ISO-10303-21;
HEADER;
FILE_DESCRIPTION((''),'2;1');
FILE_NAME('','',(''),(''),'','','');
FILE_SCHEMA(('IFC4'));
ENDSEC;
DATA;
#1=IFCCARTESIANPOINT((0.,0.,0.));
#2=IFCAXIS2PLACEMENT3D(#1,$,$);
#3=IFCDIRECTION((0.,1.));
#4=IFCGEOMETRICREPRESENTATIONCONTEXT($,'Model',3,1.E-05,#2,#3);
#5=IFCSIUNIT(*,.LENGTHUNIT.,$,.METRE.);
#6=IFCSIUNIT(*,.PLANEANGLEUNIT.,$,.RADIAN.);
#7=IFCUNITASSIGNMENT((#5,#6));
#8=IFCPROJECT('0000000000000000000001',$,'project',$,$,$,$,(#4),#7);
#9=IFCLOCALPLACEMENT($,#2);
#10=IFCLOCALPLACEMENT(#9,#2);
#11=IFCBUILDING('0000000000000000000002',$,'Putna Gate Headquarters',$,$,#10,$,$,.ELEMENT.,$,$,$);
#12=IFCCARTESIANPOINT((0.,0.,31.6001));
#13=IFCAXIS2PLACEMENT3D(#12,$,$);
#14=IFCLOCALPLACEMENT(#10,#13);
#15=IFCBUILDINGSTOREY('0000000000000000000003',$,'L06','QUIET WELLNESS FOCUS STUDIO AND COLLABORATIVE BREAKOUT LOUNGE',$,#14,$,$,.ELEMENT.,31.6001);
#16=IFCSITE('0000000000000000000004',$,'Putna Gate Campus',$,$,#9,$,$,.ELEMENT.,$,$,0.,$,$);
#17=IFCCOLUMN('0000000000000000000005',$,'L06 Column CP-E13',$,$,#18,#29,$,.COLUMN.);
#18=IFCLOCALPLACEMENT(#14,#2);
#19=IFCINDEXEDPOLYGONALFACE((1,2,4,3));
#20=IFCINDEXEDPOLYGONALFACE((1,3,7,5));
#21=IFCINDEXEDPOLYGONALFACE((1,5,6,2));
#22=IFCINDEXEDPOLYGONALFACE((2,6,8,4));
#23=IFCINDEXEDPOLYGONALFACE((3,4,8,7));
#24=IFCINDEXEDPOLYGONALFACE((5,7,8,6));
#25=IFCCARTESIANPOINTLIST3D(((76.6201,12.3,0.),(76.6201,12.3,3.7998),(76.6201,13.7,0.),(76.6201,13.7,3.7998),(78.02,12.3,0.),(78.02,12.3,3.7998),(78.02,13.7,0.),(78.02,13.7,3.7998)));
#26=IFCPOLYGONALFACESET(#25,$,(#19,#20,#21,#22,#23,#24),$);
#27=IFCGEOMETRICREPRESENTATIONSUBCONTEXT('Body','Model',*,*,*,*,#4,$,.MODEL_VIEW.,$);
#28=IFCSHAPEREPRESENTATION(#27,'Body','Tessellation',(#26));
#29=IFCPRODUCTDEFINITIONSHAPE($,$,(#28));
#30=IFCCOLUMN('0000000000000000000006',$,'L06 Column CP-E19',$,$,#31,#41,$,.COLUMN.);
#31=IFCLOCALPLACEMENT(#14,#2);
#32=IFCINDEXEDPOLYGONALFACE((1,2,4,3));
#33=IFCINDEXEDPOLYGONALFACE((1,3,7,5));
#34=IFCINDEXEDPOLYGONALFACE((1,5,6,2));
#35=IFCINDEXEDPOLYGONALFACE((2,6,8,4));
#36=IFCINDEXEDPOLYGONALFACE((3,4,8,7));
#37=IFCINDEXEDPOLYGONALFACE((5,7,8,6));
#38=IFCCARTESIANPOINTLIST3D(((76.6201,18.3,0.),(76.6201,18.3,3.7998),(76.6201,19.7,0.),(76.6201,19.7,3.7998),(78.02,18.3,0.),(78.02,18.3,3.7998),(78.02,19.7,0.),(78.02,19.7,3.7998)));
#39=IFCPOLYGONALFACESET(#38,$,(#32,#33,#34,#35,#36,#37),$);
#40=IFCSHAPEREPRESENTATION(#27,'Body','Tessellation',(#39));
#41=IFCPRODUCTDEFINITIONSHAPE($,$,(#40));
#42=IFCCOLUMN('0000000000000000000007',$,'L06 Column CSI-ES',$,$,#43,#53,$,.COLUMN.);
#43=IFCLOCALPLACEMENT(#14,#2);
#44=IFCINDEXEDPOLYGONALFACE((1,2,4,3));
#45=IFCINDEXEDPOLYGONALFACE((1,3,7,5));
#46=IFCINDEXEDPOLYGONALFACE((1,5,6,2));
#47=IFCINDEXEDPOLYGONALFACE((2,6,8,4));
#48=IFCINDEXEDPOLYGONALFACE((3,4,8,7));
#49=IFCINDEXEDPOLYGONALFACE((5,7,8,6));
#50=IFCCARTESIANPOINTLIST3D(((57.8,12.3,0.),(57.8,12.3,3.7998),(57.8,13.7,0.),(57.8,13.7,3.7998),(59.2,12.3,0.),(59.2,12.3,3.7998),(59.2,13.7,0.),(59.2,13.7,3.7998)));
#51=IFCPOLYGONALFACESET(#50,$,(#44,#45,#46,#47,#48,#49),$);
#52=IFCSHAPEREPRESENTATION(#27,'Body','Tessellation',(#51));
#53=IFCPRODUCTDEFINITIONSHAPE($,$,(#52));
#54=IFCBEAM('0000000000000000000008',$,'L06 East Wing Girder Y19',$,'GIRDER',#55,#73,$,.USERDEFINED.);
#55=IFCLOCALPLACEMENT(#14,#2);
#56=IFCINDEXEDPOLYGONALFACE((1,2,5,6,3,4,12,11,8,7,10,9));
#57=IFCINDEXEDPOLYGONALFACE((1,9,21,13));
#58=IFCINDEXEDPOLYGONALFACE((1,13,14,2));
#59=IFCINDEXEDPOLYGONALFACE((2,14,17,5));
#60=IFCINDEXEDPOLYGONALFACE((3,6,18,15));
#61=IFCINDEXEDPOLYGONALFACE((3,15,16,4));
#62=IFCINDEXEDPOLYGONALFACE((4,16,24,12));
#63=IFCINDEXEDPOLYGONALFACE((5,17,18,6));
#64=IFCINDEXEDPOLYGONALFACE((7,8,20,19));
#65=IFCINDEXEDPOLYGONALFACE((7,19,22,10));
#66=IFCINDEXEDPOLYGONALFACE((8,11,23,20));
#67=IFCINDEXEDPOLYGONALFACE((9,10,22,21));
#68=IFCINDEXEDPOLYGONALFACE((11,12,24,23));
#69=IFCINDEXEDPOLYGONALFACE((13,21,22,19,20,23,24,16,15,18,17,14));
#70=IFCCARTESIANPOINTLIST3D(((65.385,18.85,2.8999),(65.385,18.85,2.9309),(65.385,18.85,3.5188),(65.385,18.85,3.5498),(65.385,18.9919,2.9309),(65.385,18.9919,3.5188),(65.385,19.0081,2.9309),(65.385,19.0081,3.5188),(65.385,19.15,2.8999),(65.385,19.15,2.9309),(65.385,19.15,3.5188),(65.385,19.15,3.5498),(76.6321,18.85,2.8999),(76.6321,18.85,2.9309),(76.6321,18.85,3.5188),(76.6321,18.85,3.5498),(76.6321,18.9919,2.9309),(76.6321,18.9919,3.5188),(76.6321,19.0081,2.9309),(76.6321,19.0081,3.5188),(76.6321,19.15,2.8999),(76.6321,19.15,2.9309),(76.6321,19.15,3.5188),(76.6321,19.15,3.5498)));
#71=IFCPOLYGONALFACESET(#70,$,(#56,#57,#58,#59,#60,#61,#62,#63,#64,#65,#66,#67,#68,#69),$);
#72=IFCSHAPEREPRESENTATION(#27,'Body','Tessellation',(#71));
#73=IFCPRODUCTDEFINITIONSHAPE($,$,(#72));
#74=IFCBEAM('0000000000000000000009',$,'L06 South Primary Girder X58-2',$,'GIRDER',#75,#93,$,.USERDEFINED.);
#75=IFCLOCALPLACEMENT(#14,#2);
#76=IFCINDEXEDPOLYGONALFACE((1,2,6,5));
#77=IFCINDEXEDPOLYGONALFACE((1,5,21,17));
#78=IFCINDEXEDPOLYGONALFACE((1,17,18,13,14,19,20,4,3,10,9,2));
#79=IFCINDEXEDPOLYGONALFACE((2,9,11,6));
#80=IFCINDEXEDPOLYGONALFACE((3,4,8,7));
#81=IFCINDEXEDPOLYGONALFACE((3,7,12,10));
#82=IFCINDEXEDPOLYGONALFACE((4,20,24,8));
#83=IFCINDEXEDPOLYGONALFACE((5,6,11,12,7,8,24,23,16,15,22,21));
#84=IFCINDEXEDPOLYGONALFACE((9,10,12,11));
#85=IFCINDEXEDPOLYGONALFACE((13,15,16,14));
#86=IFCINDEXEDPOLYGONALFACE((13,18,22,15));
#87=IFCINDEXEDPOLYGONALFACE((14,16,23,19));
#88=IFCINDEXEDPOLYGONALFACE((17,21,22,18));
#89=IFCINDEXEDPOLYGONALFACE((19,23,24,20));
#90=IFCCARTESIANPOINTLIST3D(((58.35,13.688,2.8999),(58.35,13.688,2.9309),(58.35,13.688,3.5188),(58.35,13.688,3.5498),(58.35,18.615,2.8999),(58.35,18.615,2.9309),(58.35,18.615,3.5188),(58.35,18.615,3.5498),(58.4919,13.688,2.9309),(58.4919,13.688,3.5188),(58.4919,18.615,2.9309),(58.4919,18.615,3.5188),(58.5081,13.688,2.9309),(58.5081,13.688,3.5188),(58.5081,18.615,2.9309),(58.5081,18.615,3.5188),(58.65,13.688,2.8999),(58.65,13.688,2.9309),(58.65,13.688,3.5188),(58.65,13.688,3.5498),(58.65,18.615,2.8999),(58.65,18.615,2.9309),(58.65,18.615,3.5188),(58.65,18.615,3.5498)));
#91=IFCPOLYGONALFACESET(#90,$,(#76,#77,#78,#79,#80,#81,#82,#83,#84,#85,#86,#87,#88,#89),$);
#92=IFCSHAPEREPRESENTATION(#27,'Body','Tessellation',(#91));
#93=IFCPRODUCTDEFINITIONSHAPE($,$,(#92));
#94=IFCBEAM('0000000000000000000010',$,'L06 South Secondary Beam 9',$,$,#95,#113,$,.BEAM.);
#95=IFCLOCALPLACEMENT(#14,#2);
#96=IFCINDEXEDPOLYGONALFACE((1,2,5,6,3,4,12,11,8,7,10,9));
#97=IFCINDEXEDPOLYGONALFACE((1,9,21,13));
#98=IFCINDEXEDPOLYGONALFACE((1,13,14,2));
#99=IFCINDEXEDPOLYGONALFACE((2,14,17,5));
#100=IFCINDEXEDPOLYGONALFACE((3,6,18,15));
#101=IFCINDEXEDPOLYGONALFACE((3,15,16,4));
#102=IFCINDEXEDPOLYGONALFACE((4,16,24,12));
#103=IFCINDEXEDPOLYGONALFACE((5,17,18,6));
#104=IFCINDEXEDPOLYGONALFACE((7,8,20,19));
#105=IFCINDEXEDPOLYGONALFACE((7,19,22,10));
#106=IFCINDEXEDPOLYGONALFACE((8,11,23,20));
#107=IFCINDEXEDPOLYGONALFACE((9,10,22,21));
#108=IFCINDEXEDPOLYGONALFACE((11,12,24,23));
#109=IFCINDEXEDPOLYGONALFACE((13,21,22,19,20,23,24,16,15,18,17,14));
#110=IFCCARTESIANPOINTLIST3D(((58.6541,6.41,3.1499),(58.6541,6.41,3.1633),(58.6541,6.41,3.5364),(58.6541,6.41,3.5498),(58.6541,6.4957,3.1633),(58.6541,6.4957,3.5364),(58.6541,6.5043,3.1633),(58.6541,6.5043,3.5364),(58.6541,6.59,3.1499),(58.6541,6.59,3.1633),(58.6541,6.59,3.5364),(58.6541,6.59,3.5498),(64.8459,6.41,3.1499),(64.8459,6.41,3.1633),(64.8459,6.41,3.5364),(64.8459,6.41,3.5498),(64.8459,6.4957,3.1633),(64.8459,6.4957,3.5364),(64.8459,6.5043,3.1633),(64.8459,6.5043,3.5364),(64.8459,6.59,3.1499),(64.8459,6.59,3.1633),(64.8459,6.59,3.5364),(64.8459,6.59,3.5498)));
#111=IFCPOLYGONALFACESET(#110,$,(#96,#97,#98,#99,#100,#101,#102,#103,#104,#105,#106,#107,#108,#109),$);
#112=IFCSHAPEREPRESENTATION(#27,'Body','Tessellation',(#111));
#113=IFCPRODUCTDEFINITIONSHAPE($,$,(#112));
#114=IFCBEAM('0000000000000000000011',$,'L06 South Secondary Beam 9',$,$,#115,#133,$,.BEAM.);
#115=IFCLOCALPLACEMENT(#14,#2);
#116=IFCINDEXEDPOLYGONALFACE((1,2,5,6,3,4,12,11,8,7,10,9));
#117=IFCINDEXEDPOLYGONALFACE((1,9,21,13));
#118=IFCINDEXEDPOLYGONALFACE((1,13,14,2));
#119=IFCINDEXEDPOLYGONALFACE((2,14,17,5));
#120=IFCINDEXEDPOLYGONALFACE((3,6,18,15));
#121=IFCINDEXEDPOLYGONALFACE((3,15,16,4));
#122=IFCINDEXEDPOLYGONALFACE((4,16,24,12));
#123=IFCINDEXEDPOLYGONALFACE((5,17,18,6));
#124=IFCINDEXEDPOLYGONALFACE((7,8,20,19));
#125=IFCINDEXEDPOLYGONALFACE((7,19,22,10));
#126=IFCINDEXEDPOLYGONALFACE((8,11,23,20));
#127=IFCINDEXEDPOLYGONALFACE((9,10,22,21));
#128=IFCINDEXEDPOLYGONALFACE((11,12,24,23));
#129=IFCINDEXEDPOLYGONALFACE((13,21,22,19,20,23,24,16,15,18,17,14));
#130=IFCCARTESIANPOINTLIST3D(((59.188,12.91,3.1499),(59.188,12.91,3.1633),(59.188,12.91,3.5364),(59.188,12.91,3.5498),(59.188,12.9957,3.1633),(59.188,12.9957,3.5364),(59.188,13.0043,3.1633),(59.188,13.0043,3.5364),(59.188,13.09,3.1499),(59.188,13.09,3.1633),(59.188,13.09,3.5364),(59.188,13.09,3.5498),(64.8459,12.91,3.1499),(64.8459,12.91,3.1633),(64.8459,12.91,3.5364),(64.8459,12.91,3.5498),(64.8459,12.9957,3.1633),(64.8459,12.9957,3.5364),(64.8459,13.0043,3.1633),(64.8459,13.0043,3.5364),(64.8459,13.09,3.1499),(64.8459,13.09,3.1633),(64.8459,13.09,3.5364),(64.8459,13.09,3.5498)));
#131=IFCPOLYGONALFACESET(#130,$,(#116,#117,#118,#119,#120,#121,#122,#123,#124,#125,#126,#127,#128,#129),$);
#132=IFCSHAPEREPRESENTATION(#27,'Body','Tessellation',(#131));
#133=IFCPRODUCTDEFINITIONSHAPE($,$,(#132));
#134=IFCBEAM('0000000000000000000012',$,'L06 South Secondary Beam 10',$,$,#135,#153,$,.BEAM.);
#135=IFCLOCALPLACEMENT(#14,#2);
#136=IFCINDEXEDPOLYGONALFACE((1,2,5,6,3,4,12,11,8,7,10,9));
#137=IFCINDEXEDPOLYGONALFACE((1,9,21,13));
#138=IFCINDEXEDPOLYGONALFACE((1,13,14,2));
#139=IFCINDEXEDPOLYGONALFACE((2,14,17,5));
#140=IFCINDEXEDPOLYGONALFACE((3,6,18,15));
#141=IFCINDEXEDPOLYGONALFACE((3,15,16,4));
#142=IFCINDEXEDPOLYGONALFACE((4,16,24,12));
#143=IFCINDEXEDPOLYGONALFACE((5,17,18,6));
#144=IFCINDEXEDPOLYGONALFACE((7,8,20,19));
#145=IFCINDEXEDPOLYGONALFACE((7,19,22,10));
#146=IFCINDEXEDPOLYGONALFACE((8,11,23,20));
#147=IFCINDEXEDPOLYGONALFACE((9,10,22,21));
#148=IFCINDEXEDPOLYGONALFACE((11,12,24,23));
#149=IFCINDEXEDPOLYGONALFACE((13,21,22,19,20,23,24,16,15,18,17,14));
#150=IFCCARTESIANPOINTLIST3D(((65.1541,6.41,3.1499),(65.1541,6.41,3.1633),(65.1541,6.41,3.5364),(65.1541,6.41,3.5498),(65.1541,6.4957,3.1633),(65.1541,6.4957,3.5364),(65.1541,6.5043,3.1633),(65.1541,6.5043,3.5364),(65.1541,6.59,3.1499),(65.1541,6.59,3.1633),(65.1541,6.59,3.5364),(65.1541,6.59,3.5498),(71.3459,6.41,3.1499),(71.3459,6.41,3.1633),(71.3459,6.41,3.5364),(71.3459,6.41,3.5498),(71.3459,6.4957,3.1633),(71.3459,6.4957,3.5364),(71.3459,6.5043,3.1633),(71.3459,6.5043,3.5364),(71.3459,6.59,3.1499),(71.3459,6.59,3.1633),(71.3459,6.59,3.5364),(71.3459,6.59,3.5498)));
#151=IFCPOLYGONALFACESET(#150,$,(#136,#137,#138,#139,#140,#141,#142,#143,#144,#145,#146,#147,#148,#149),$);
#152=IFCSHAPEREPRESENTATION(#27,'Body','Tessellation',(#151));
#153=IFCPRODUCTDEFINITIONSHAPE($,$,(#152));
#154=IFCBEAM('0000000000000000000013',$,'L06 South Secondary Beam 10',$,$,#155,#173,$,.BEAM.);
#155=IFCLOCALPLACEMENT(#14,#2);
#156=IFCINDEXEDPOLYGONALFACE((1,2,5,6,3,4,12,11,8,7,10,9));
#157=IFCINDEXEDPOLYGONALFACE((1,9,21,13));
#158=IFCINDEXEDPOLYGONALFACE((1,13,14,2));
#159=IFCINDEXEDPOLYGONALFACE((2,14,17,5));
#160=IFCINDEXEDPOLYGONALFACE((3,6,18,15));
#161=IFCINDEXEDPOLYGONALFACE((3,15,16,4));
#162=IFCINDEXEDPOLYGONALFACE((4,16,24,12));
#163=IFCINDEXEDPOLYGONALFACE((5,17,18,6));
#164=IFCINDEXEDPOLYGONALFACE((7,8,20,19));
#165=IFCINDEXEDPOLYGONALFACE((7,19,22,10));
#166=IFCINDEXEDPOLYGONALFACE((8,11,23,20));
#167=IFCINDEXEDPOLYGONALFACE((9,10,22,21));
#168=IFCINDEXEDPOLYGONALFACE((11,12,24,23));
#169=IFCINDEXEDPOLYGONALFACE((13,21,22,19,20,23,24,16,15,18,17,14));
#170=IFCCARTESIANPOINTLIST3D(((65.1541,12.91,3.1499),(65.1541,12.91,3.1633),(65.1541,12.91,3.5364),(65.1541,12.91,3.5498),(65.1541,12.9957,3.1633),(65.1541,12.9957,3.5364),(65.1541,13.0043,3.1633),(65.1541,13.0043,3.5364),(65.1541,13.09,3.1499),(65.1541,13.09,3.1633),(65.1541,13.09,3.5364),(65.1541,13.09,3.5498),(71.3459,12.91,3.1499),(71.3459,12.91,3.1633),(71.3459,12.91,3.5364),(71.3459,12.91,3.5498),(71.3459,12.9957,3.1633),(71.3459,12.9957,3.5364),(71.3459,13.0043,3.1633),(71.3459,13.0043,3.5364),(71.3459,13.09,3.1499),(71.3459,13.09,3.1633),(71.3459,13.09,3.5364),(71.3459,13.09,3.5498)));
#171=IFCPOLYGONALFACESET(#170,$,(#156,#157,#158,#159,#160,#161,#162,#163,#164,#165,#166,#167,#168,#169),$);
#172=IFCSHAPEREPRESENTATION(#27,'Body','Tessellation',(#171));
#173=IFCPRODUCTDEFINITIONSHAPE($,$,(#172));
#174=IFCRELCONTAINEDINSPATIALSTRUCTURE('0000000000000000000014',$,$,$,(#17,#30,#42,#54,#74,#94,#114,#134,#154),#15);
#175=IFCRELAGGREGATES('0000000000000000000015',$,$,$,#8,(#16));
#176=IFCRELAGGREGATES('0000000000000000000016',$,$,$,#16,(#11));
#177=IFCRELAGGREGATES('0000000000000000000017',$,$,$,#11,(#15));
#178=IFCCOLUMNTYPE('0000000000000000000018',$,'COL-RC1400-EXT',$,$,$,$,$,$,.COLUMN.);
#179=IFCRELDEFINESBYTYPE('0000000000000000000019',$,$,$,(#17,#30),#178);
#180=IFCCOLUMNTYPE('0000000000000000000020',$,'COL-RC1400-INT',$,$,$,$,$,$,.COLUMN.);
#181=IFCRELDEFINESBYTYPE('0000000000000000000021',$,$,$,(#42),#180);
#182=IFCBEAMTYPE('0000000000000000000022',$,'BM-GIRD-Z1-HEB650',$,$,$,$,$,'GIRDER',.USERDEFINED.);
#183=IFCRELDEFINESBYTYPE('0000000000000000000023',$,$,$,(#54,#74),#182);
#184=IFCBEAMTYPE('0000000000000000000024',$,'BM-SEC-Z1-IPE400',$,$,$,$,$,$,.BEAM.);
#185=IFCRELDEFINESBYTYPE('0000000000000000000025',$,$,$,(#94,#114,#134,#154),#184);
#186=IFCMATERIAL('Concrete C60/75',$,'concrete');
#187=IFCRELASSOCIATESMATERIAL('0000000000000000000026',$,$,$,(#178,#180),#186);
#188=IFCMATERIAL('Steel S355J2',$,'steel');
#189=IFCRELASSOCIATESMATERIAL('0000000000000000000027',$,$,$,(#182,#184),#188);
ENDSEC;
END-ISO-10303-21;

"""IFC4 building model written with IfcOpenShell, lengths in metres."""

from ifc_helpers import new_model, si_unit, direction, frame, origin, origin_2d, place, context, subcontext, project, spatial, rectangle, i_section, extrude, material, material_profile, profile_set, type_object, element, save


model = new_model("IFC4")

# Units and contexts
model_context = context("Model", 3, precision=1e-05, world=origin(), true_north=direction((0.0, 1.0)))
body_context = subcontext(model_context, "Body", "Model", "MODEL_VIEW")
ifc_project = project(units=[si_unit("LENGTHUNIT", "METRE"), si_unit("PLANEANGLEUNIT", "RADIAN")], contexts=[model_context])

# Site, building, storey
site_placement = place(None, origin())
site = spatial("IfcSite", under=ifc_project, at=site_placement, Name="Putna Gate Campus", CompositionType="ELEMENT", RefElevation=0.0)
building_placement = place(site_placement, origin())
building = spatial("IfcBuilding", under=site, at=building_placement, Name="Putna Gate Headquarters", CompositionType="ELEMENT")
storey_placement = place(building_placement, frame((0.0, 0.0, 31.6001)))
storey = spatial("IfcBuildingStorey", under=building, at=storey_placement, Name="L06", Description="QUIET WELLNESS FOCUS STUDIO AND COLLABORATIVE BREAKOUT LOUNGE", CompositionType="ELEMENT", Elevation=31.6001)

# Columns
ifc_material_1 = material(Name="Concrete C60/75", Category="concrete")
ifc_material_profile_1 = material_profile(ifc_material_1, rectangle(XDim=1.3999, YDim=1.3999, at=origin_2d()), Name="Concrete C60/75")
ifc_profile_set_1 = profile_set([ifc_material_profile_1], Name="Concrete C60/75")
column_type_1 = type_object("IfcColumnType", Name="COL-RC1400-EXT", PredefinedType="COLUMN", material=ifc_profile_set_1)
for number, where, z_axis, x_axis, name in (
    (1, (77.3201, 13.0, 0.0), (0.0, 0.0, 1.0), (1.0, 0.0, 0.0), "L06 Column CP-E13"),
    (2, (77.3201, 19.0, 0.0), (0.0, 0.0, 1.0), (1.0, 0.0, 0.0), "L06 Column CP-E19"),
):
    element("IfcColumn", number, at=place(storey_placement, frame(where, z_axis=z_axis, x_axis=x_axis)), inside=storey, type_object=column_type_1, Name=name, PredefinedType="COLUMN", context=body_context, shape_type="SweptSolid", body=[
        extrude(rectangle(XDim=1.3999, YDim=1.3999, at=origin_2d()), origin(), (0.0, 0.0, 1.0), 3.7998),
    ])
ifc_material_profile_2 = material_profile(ifc_material_1, rectangle(XDim=1.3999, YDim=1.3999, at=origin_2d()), Name="Concrete C60/75")
ifc_profile_set_2 = profile_set([ifc_material_profile_2], Name="Concrete C60/75")
column_type_2 = type_object("IfcColumnType", Name="COL-RC1400-INT", PredefinedType="COLUMN", material=ifc_profile_set_2)
column_placement = place(storey_placement, frame((58.5, 13.0, 0.0), z_axis=(0.0, 0.0, 1.0), x_axis=(1.0, 0.0, 0.0)))
element("IfcColumn", 3, at=column_placement, inside=storey, type_object=column_type_2, Name="L06 Column CSI-ES", PredefinedType="COLUMN", context=body_context, shape_type="SweptSolid", body=[
    extrude(rectangle(XDim=1.3999, YDim=1.3999, at=origin_2d()), origin(), (0.0, 0.0, 1.0), 3.7998),
])

# Beams
ifc_material_2 = material(Name="Steel S355J2", Category="steel")
ifc_material_profile_3 = material_profile(ifc_material_2, i_section(OverallWidth=0.3, OverallDepth=0.6499, WebThickness=0.0161, FlangeThickness=0.031, at=origin_2d()), Name="Steel S355J2")
ifc_profile_set_3 = profile_set([ifc_material_profile_3], Name="Steel S355J2")
beam_type_1 = type_object("IfcBeamType", Name="BM-GIRD-Z1-HEB650", ElementType="GIRDER", PredefinedType="USERDEFINED", material=ifc_profile_set_3)
beam_1_placement = place(storey_placement, frame((65.385, 19.0, 3.2249), z_axis=(1.0, 0.0, 0.0), x_axis=(0.0, 1.0, 0.0)))
element("IfcBeam", 4, at=beam_1_placement, inside=storey, type_object=beam_type_1, Name="L06 East Wing Girder Y19", ObjectType="GIRDER", PredefinedType="USERDEFINED", context=body_context, shape_type="SweptSolid", body=[
    extrude(i_section(OverallWidth=0.3, OverallDepth=0.6499, WebThickness=0.0161, FlangeThickness=0.031, at=origin_2d()), origin(), (0.0, 0.0, 1.0), 11.2471),
])
beam_2_placement = place(storey_placement, frame((58.5, 13.688, 3.2249), z_axis=(0.0, 1.0, 0.0), x_axis=(-1.0, 0.0, 0.0)))
element("IfcBeam", 5, at=beam_2_placement, inside=storey, type_object=beam_type_1, Name="L06 South Primary Girder X58-2", ObjectType="GIRDER", PredefinedType="USERDEFINED", context=body_context, shape_type="SweptSolid", body=[
    extrude(i_section(OverallWidth=0.3, OverallDepth=0.6499, WebThickness=0.0161, FlangeThickness=0.031, at=origin_2d()), origin(), (0.0, 0.0, 1.0), 4.927),
])
ifc_material_profile_4 = material_profile(ifc_material_2, i_section(OverallWidth=0.1799, OverallDepth=0.3999, WebThickness=0.0085, FlangeThickness=0.0134, at=origin_2d()), Name="Steel S355J2")
ifc_profile_set_4 = profile_set([ifc_material_profile_4], Name="Steel S355J2")
beam_type_2 = type_object("IfcBeamType", Name="BM-SEC-Z1-IPE400", PredefinedType="BEAM", material=ifc_profile_set_4)
beam_3_placement = place(storey_placement, frame((58.6541, 6.5, 3.3499), z_axis=(1.0, 0.0, 0.0), x_axis=(0.0, 1.0, 0.0)))
element("IfcBeam", 6, at=beam_3_placement, inside=storey, type_object=beam_type_2, Name="L06 South Secondary Beam 9", PredefinedType="BEAM", context=body_context, shape_type="SweptSolid", body=[
    extrude(i_section(OverallWidth=0.1799, OverallDepth=0.3999, WebThickness=0.0085, FlangeThickness=0.0134, at=origin_2d()), origin(), (0.0, 0.0, 1.0), 6.1919),
])
beam_4_placement = place(storey_placement, frame((59.188, 13.0, 3.3499), z_axis=(1.0, 0.0, 0.0), x_axis=(0.0, 1.0, 0.0)))
element("IfcBeam", 7, at=beam_4_placement, inside=storey, type_object=beam_type_2, Name="L06 South Secondary Beam 9", PredefinedType="BEAM", context=body_context, shape_type="SweptSolid", body=[
    extrude(i_section(OverallWidth=0.1799, OverallDepth=0.3999, WebThickness=0.0085, FlangeThickness=0.0134, at=origin_2d()), origin(), (0.0, 0.0, 1.0), 5.658),
])
for number, where, z_axis, x_axis, name in (
    (8, (65.1541, 6.5, 3.3499), (1.0, 0.0, 0.0), (0.0, 1.0, 0.0), "L06 South Secondary Beam 10"),
    (9, (65.1541, 13.0, 3.3499), (1.0, 0.0, 0.0), (0.0, 1.0, 0.0), "L06 South Secondary Beam 10"),
):
    element("IfcBeam", number, at=place(storey_placement, frame(where, z_axis=z_axis, x_axis=x_axis)), inside=storey, type_object=beam_type_2, Name=name, PredefinedType="BEAM", context=body_context, shape_type="SweptSolid", body=[
        extrude(i_section(OverallWidth=0.1799, OverallDepth=0.3999, WebThickness=0.0085, FlangeThickness=0.0134, at=origin_2d()), origin(), (0.0, 0.0, 1.0), 6.1919),
    ])

save(model, "model.ifc")
